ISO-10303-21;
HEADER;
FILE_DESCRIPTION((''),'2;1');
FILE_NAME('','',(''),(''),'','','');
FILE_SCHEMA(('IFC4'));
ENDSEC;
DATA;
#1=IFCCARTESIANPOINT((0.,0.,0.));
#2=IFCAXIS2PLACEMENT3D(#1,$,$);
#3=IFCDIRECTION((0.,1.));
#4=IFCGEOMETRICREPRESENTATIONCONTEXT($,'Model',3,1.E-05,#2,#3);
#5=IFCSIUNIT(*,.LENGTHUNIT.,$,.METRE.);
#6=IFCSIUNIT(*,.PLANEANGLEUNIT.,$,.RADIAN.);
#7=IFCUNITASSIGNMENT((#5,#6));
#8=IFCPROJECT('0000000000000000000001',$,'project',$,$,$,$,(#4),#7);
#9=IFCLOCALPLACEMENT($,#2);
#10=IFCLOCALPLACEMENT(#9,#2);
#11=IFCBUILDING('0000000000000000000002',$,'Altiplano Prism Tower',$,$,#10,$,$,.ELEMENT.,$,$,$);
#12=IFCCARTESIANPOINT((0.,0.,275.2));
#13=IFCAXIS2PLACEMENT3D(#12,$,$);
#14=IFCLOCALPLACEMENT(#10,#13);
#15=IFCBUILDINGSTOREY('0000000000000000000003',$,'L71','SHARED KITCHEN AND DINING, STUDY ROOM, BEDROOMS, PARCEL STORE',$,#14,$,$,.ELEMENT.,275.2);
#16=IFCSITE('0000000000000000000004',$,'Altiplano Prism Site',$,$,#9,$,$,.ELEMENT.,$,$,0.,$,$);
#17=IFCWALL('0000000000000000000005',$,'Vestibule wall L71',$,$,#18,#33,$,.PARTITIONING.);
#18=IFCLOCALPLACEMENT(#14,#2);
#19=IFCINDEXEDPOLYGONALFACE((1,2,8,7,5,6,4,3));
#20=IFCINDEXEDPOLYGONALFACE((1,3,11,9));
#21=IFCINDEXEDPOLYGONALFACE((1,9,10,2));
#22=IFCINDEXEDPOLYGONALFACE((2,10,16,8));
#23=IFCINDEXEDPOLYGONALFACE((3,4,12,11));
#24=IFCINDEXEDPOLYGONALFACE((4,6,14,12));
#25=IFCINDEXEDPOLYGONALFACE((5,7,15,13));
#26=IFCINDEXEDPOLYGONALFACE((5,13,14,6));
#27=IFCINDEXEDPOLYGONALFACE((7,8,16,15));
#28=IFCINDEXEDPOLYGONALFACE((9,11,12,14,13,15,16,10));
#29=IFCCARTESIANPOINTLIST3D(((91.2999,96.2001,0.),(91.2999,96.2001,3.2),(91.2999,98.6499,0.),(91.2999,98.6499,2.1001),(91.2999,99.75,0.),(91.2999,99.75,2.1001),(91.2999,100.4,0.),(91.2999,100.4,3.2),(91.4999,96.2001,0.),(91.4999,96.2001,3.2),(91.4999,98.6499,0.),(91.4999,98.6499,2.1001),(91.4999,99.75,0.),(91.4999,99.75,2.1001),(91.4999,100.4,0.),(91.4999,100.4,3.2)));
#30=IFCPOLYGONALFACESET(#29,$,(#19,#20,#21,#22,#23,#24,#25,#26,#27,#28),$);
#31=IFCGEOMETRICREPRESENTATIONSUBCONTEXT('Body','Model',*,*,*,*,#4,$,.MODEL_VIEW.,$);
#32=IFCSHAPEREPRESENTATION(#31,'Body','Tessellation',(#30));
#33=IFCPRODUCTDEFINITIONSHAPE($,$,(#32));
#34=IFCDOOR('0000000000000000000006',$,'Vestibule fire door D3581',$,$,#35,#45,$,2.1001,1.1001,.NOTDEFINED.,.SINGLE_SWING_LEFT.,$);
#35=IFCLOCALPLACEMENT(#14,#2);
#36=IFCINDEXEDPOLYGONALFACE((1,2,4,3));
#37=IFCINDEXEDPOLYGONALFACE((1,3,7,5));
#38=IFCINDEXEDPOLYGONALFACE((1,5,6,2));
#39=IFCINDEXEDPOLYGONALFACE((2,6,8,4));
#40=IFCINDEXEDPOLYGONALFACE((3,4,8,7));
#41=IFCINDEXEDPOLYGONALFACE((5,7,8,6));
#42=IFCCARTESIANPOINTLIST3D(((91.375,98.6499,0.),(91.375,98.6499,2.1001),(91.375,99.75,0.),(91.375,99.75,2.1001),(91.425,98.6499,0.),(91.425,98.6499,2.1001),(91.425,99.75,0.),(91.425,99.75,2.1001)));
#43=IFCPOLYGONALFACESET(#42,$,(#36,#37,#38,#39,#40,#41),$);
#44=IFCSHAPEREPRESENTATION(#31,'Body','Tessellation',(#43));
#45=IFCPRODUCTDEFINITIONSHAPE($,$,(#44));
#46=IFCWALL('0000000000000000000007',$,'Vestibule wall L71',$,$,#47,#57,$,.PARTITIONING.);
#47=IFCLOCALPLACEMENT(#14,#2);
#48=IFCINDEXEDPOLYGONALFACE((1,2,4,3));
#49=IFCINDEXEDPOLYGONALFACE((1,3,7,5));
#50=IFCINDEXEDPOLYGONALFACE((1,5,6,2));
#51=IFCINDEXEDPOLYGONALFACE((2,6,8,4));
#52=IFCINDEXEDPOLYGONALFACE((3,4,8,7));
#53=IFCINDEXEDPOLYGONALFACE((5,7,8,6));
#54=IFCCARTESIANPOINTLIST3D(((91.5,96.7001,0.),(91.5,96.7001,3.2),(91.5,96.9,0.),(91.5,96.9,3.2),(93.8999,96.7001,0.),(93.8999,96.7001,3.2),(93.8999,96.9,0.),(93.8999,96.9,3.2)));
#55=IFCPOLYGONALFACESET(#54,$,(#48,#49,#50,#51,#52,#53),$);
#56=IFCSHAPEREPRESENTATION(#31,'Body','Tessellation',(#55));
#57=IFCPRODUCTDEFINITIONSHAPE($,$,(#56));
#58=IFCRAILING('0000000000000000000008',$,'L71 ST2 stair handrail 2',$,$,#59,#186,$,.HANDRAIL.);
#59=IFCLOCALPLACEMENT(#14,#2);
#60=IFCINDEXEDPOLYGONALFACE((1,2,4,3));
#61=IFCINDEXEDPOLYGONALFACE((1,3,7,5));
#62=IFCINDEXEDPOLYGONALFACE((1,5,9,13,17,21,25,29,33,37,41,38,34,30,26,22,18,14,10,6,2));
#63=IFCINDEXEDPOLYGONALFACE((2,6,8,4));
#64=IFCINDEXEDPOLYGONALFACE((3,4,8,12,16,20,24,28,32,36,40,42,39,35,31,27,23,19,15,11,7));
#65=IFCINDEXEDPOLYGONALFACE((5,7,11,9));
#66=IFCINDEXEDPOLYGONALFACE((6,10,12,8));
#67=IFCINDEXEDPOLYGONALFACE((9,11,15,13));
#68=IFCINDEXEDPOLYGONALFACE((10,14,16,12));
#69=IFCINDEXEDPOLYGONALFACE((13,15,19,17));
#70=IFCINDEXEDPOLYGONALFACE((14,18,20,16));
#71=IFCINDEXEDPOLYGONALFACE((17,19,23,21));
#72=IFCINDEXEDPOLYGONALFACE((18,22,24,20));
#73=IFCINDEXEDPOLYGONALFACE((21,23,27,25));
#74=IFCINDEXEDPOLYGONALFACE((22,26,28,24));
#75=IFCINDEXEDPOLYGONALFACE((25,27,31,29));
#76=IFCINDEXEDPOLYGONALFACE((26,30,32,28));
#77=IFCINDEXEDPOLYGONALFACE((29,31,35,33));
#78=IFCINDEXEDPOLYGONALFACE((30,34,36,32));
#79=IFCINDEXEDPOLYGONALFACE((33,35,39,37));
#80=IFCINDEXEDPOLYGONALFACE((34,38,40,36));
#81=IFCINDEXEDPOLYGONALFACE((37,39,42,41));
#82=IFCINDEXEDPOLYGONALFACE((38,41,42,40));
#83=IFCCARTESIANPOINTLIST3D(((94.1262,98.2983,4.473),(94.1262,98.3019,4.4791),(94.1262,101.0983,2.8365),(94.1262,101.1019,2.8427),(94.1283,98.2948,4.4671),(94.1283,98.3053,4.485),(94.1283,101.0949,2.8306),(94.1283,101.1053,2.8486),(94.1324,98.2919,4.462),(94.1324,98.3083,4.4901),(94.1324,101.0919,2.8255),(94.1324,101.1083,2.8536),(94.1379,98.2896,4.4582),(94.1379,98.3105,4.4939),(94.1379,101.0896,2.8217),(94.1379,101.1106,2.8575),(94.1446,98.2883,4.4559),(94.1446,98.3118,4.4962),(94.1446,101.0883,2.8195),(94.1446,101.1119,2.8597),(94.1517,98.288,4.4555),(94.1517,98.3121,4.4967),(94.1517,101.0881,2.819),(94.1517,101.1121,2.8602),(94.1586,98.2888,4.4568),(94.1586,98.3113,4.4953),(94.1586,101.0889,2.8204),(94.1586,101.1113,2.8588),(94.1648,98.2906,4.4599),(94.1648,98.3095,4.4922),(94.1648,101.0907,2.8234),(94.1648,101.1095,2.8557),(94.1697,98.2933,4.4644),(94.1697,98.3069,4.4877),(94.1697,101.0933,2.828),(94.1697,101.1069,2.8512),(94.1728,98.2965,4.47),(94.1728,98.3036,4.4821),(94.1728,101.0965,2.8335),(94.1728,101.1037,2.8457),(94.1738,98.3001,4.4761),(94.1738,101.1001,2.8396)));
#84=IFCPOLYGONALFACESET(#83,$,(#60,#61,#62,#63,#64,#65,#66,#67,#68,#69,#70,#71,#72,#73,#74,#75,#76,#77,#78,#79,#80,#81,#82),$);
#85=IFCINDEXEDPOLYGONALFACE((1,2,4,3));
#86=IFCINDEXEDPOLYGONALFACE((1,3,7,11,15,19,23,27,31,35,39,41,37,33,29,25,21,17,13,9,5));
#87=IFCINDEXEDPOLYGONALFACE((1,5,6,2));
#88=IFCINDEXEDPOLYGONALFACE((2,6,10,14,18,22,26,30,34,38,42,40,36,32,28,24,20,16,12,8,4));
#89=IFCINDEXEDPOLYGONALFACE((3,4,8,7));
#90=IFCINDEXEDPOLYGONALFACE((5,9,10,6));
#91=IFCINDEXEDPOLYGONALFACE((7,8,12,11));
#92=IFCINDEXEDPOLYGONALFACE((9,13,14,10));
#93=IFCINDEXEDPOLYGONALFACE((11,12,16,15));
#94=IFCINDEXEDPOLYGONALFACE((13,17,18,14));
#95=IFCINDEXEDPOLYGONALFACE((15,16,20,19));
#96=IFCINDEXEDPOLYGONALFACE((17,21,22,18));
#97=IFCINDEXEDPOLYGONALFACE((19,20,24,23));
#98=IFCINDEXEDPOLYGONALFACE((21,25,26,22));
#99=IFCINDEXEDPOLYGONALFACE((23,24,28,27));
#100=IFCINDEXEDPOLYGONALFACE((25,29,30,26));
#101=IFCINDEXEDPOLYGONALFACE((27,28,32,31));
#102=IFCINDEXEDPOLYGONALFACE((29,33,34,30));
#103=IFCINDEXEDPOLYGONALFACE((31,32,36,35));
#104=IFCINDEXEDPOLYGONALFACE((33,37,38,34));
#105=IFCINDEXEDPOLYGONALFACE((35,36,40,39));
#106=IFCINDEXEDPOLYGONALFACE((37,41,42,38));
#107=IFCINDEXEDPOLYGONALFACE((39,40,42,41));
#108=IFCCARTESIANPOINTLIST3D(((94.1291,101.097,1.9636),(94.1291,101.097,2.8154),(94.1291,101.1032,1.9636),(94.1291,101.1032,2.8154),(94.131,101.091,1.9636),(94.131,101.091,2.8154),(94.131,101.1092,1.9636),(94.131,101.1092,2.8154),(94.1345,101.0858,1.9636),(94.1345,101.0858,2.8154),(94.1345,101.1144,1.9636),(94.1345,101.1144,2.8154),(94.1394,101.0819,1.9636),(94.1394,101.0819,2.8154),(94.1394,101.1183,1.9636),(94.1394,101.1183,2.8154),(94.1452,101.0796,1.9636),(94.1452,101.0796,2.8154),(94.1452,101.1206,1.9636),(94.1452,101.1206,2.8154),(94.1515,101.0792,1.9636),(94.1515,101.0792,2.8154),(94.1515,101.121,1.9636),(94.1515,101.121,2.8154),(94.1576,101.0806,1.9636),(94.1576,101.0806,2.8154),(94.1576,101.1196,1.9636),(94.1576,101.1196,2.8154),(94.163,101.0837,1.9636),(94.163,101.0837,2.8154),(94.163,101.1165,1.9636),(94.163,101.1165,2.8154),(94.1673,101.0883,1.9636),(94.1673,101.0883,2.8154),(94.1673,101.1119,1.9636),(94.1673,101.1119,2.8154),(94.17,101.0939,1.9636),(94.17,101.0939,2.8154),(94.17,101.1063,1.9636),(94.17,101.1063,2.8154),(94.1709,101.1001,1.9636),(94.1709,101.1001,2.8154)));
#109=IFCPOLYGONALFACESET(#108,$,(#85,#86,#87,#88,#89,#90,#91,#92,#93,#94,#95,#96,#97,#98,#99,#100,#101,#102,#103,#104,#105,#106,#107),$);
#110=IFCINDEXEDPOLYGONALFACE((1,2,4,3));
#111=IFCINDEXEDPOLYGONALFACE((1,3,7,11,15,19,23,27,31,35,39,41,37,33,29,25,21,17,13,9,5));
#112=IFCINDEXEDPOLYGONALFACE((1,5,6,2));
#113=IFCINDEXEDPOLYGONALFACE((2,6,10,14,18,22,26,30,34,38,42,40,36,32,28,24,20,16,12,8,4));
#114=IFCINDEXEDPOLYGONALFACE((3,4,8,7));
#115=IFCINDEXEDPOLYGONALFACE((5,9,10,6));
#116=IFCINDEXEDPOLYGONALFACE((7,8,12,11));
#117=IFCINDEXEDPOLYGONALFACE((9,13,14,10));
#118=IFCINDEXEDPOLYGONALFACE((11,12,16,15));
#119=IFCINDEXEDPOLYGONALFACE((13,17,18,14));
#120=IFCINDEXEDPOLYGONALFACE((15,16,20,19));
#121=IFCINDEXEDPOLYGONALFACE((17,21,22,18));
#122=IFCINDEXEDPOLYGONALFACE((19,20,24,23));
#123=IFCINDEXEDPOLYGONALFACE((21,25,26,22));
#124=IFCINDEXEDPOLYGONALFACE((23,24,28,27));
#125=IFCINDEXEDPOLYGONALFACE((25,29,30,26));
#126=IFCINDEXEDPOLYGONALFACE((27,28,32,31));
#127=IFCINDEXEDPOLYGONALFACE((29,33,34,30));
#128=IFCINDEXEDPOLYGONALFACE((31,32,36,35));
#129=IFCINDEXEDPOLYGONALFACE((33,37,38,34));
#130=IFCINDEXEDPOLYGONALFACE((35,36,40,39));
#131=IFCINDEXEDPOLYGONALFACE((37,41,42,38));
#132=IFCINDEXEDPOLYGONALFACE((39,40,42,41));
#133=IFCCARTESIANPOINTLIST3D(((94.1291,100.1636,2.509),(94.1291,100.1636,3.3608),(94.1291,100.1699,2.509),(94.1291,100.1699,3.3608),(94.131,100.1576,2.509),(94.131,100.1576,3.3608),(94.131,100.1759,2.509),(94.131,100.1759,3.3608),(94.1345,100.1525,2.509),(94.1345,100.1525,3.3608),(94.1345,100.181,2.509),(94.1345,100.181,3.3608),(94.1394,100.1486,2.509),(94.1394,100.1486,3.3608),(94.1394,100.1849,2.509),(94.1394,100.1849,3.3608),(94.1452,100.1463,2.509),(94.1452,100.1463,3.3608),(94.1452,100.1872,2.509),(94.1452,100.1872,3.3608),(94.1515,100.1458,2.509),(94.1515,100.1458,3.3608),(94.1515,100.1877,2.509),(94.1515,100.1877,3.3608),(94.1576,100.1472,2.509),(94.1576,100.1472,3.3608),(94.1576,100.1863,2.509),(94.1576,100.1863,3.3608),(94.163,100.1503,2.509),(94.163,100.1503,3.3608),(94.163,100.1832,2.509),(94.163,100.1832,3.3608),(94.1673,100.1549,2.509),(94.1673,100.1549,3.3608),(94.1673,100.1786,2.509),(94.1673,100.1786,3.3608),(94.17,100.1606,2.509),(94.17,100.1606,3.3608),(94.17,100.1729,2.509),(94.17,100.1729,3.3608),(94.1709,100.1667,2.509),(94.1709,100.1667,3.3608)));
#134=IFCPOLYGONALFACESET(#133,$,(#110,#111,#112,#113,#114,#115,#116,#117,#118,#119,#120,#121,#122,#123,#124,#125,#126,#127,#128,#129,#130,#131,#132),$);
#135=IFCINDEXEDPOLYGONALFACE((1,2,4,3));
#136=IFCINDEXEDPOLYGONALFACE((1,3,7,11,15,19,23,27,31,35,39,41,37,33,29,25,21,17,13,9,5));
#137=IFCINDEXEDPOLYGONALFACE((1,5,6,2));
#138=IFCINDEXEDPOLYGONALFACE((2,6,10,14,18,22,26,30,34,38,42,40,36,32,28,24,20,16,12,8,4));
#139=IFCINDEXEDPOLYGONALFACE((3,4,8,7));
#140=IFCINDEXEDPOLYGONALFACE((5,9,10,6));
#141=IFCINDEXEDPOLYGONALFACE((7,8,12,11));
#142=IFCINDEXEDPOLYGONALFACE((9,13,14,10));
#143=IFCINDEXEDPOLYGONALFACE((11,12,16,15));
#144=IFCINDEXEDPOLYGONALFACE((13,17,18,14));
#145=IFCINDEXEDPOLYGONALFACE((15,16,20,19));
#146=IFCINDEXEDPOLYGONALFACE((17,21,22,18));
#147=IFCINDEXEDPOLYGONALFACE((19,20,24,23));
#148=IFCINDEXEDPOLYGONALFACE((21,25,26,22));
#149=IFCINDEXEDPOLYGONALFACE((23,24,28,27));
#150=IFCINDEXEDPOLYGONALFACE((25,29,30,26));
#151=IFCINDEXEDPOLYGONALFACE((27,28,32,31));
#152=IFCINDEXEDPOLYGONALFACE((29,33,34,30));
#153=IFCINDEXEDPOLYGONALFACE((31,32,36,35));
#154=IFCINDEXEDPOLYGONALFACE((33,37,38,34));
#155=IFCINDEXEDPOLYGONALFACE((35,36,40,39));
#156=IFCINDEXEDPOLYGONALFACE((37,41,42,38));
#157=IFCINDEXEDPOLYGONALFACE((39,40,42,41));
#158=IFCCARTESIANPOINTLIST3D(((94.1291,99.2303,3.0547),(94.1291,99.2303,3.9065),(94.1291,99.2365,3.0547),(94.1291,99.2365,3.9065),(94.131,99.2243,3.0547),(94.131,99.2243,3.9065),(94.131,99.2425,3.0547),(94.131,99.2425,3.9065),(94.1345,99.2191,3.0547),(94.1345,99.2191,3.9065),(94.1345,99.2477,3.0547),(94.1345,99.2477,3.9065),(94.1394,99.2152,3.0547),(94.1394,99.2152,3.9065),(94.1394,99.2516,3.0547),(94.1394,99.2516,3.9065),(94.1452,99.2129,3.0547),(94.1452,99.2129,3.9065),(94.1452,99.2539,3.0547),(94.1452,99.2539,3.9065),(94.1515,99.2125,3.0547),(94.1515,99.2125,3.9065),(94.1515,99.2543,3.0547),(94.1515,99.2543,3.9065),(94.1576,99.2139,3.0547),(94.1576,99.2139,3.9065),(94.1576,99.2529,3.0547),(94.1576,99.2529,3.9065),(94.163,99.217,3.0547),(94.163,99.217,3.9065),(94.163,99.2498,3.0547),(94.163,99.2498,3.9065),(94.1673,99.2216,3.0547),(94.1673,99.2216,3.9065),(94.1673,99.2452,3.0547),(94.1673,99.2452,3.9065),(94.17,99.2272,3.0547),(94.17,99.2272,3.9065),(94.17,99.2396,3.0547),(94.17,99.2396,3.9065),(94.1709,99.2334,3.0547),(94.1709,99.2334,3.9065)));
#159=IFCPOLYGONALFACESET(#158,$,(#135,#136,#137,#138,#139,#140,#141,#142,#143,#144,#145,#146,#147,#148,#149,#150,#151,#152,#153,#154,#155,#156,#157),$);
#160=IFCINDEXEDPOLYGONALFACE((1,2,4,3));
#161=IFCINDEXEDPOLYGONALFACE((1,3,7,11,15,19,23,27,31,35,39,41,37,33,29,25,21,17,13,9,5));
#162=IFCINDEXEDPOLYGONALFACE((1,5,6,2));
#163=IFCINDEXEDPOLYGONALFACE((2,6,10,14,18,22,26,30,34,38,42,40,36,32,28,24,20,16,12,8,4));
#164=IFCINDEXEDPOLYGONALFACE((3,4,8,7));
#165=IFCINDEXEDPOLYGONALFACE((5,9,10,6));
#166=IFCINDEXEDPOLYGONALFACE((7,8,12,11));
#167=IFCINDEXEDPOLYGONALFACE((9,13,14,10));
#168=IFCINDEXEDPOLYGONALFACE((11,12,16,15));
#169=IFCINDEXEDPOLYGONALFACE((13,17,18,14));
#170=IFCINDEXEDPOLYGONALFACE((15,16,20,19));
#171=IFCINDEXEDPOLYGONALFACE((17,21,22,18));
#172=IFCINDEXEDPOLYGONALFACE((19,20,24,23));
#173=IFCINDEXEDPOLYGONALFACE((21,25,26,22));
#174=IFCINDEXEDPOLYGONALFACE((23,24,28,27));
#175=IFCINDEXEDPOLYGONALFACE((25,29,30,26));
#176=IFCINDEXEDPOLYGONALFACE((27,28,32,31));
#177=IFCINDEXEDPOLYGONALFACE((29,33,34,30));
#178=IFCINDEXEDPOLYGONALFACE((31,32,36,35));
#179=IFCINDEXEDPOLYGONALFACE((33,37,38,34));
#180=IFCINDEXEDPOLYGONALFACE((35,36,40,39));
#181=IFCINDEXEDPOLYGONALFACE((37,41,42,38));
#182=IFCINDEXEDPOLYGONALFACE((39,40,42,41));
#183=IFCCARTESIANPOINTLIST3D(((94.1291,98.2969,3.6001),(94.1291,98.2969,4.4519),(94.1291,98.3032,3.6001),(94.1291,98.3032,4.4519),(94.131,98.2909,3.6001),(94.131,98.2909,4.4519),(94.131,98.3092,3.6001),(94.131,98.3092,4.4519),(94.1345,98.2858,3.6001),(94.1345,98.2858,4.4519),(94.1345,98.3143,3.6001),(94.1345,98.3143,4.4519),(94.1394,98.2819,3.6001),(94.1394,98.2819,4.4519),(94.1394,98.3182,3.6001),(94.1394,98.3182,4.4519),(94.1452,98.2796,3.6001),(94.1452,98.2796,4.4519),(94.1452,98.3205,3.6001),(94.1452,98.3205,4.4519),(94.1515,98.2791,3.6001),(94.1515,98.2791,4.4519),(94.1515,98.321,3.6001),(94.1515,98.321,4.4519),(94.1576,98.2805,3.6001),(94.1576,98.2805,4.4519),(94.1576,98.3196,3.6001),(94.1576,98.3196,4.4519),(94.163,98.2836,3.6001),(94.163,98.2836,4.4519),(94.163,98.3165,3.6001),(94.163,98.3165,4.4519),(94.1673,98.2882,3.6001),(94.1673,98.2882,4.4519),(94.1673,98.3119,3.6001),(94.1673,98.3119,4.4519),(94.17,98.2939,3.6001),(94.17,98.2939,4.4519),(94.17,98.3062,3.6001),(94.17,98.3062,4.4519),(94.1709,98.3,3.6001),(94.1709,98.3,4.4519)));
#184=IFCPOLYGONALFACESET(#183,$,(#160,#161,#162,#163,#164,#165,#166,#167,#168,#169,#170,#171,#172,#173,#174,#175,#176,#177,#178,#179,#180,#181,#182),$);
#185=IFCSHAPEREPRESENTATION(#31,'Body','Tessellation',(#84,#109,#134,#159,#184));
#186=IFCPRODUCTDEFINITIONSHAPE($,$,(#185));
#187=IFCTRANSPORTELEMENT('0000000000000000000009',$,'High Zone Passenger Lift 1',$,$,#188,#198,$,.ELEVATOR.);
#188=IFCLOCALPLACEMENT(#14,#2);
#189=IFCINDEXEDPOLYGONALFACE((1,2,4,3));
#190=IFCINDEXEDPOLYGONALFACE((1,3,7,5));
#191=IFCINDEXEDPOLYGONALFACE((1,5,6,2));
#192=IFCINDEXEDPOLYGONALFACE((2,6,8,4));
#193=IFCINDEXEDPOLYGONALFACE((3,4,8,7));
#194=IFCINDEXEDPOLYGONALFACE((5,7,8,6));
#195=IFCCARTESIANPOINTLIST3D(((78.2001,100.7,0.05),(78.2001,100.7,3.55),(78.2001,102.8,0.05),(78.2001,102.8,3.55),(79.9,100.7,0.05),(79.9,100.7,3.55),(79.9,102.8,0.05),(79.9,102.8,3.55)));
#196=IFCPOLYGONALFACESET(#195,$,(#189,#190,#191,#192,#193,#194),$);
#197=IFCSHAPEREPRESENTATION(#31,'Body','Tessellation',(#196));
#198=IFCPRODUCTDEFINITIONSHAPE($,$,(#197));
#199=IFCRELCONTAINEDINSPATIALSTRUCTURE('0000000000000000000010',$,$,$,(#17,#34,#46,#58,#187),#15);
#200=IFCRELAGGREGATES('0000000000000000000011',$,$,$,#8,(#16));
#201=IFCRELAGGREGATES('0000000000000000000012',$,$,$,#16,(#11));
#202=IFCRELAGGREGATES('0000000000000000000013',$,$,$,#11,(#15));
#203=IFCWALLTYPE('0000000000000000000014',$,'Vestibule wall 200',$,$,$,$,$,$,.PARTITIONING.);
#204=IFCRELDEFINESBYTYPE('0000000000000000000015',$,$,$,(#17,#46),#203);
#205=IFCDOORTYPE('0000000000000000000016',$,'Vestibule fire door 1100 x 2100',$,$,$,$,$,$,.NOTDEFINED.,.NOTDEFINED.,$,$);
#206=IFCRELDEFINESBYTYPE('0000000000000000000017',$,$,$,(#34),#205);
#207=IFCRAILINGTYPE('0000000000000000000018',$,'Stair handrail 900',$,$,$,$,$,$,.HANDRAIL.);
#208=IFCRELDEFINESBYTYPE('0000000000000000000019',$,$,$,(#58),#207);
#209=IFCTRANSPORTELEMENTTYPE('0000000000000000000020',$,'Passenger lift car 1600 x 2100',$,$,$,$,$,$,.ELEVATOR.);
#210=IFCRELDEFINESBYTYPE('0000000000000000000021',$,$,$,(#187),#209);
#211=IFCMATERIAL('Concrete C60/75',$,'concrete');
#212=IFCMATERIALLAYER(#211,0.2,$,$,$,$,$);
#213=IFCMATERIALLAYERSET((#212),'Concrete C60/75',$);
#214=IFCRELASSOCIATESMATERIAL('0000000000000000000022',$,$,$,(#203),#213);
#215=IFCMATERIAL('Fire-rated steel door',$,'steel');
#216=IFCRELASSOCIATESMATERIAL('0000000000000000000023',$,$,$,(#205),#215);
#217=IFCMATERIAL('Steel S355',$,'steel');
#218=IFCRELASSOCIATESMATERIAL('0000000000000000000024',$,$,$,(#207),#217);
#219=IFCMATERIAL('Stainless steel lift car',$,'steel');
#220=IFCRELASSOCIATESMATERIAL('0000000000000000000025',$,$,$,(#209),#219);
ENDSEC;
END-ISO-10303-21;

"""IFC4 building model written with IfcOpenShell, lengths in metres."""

from ifc_helpers import new_model, si_unit, direction, frame, frame_2d, origin, origin_2d, place, context, subcontext, project, spatial, rectangle, circle, extrude, material, layer, layer_set, type_object, element, fill, save


model = new_model("IFC4")

# Units and contexts
model_context = context("Model", 3, precision=1e-05, world=origin(), true_north=direction((0.0, 1.0)))
body_context = subcontext(model_context, "Body", "Model", "MODEL_VIEW")
ifc_project = project(units=[si_unit("LENGTHUNIT", "METRE"), si_unit("PLANEANGLEUNIT", "RADIAN")], contexts=[model_context])

# Site, building, storey
site_placement = place(None, origin())
site = spatial("IfcSite", under=ifc_project, at=site_placement, Name="Altiplano Prism Site", CompositionType="ELEMENT", RefElevation=0.0)
building_placement = place(site_placement, origin())
building = spatial("IfcBuilding", under=site, at=building_placement, Name="Altiplano Prism Tower", CompositionType="ELEMENT")
storey_placement = place(building_placement, frame((0.0, 0.0, 275.2)))
storey = spatial("IfcBuildingStorey", under=building, at=storey_placement, Name="L71", Description="SHARED KITCHEN AND DINING, STUDY ROOM, BEDROOMS, PARCEL STORE", CompositionType="ELEMENT", Elevation=275.2)

# Shared definitions
ifc_material_1 = material(Name="Concrete C60/75", Category="concrete")

# Shared definitions
ifc_material_2 = material(Name="Fire-rated steel door", Category="steel")

# Shared definitions
ifc_layer_1 = layer(ifc_material_1, 0.2)
ifc_layer_set_1 = layer_set([ifc_layer_1], Name="Concrete C60/75")
wall_type_1 = type_object("IfcWallType", Name="Vestibule wall 200", PredefinedType="PARTITIONING", material=ifc_layer_set_1)

# Shared definitions
door_type_1 = type_object("IfcDoorType", Name="Vestibule fire door 1100 x 2100", OperationType="NOTDEFINED", PredefinedType="NOTDEFINED", material=ifc_material_2)

# Wall, opening, door
wall_1_placement = place(storey_placement, frame((91.3999, 96.2, 0.0), z_axis=(0.0, 0.0, 1.0), x_axis=(0.0, 1.0, 0.0)))
wall_1 = element("IfcWall", 1, at=wall_1_placement, inside=storey, type_object=wall_type_1, Name="Vestibule wall L71", PredefinedType="PARTITIONING", context=body_context, shape_type="SweptSolid", body=[
    extrude(rectangle(XDim=4.2, YDim=0.2, at=frame_2d((2.1001, 0.0))), origin(), (0.0, 0.0, 1.0), 3.2),
])
opening_1_placement = place(wall_1_placement, frame((2.45, 0.0, 0.0)))
opening_1 = element("IfcOpeningElement", 2, at=opening_1_placement, cuts=wall_1, PredefinedType="OPENING", context=body_context, shape_type="SweptSolid", body=[
    extrude(rectangle(XDim=1.1001, YDim=2.1001, at=frame_2d((0.55, 1.05))), frame((0.0, 0.1104, 0.0), z_axis=(0.0, -1.0, 0.0), x_axis=(1.0, 0.0, 0.0)), (0.0, 0.0, 1.0), 0.2209),
])
door_1_placement = place(opening_1_placement, origin())
door_1 = element("IfcDoor", 3, at=door_1_placement, inside=storey, type_object=door_type_1, Name="Vestibule fire door D3581", OperationType="SINGLE_SWING_LEFT", OverallHeight=2.1001, OverallWidth=1.1001, PredefinedType="NOTDEFINED", context=body_context, shape_type="SweptSolid", body=[
    extrude(rectangle(XDim=1.1001, YDim=2.1001, at=frame_2d((0.55, 1.05))), frame((0.0, 0.0249, 0.0), z_axis=(0.0, -1.0, 0.0), x_axis=(1.0, 0.0, 0.0)), (0.0, 0.0, 1.0), 0.05),
])
fill(opening_1, door_1)

# Wall
wall_2_placement = place(storey_placement, frame((91.5, 96.8, 0.0), z_axis=(0.0, 0.0, 1.0), x_axis=(1.0, 0.0, 0.0)))
element("IfcWall", 4, at=wall_2_placement, inside=storey, type_object=wall_type_1, Name="Vestibule wall L71", PredefinedType="PARTITIONING", context=body_context, shape_type="SweptSolid", body=[
    extrude(rectangle(XDim=2.3999, YDim=0.2, at=frame_2d((1.2, 0.0))), origin(), (0.0, 0.0, 1.0), 3.2),
])

# Railing
ifc_material_3 = material(Name="Steel S355", Category="steel")
railing_type = type_object("IfcRailingType", Name="Stair handrail 900", PredefinedType="HANDRAIL", material=ifc_material_3)
railing_placement = place(storey_placement, frame((94.1499, 101.1001, 1.9636)))
element("IfcRailing", 5, at=railing_placement, inside=storey, type_object=railing_type, Name="L71 ST2 stair handrail 2", PredefinedType="HANDRAIL", context=body_context, shape_type="SweptSolid", body=[
    extrude(circle(Radius=0.0239, at=origin_2d()), frame((0.0, 0.0, 0.876), z_axis=(0.0, -0.863361, 0.504587), x_axis=(1.0, 0.0, 0.0)), (0.0, 0.0, 1.0), 3.2432),
    extrude(circle(Radius=0.021, at=origin_2d()), origin(), (0.0, 0.0, 1.0), 0.8518),
    extrude(circle(Radius=0.021, at=origin_2d()), frame((0.0, -0.9333, 0.5454)), (0.0, 0.0, 1.0), 0.8518),
    extrude(circle(Radius=0.021, at=origin_2d()), frame((0.0, -1.8667, 1.0911)), (0.0, 0.0, 1.0), 0.8518),
    extrude(circle(Radius=0.021, at=origin_2d()), frame((0.0, -2.8, 1.6365)), (0.0, 0.0, 1.0), 0.8518),
])

# Transport element
ifc_material_4 = material(Name="Stainless steel lift car", Category="steel")
transport_element_type = type_object("IfcTransportElementType", Name="Passenger lift car 1600 x 2100", PredefinedType="ELEVATOR", material=ifc_material_4)
for number, where, z_axis, x_axis, name in (
    (6, (79.05, 101.75, 0.05), (0.0, 0.0, 1.0), (1.0, 0.0, 0.0), "High Zone Passenger Lift 1"),
):
    element("IfcTransportElement", number, at=place(storey_placement, frame(where, z_axis=z_axis, x_axis=x_axis)), inside=storey, type_object=transport_element_type, Name=name, PredefinedType="ELEVATOR", context=body_context, shape_type="SweptSolid", body=[
        extrude(rectangle(XDim=1.7, YDim=2.1001, at=origin_2d()), origin(), (0.0, 0.0, 1.0), 3.5),
    ])

save(model, "model.ifc")
